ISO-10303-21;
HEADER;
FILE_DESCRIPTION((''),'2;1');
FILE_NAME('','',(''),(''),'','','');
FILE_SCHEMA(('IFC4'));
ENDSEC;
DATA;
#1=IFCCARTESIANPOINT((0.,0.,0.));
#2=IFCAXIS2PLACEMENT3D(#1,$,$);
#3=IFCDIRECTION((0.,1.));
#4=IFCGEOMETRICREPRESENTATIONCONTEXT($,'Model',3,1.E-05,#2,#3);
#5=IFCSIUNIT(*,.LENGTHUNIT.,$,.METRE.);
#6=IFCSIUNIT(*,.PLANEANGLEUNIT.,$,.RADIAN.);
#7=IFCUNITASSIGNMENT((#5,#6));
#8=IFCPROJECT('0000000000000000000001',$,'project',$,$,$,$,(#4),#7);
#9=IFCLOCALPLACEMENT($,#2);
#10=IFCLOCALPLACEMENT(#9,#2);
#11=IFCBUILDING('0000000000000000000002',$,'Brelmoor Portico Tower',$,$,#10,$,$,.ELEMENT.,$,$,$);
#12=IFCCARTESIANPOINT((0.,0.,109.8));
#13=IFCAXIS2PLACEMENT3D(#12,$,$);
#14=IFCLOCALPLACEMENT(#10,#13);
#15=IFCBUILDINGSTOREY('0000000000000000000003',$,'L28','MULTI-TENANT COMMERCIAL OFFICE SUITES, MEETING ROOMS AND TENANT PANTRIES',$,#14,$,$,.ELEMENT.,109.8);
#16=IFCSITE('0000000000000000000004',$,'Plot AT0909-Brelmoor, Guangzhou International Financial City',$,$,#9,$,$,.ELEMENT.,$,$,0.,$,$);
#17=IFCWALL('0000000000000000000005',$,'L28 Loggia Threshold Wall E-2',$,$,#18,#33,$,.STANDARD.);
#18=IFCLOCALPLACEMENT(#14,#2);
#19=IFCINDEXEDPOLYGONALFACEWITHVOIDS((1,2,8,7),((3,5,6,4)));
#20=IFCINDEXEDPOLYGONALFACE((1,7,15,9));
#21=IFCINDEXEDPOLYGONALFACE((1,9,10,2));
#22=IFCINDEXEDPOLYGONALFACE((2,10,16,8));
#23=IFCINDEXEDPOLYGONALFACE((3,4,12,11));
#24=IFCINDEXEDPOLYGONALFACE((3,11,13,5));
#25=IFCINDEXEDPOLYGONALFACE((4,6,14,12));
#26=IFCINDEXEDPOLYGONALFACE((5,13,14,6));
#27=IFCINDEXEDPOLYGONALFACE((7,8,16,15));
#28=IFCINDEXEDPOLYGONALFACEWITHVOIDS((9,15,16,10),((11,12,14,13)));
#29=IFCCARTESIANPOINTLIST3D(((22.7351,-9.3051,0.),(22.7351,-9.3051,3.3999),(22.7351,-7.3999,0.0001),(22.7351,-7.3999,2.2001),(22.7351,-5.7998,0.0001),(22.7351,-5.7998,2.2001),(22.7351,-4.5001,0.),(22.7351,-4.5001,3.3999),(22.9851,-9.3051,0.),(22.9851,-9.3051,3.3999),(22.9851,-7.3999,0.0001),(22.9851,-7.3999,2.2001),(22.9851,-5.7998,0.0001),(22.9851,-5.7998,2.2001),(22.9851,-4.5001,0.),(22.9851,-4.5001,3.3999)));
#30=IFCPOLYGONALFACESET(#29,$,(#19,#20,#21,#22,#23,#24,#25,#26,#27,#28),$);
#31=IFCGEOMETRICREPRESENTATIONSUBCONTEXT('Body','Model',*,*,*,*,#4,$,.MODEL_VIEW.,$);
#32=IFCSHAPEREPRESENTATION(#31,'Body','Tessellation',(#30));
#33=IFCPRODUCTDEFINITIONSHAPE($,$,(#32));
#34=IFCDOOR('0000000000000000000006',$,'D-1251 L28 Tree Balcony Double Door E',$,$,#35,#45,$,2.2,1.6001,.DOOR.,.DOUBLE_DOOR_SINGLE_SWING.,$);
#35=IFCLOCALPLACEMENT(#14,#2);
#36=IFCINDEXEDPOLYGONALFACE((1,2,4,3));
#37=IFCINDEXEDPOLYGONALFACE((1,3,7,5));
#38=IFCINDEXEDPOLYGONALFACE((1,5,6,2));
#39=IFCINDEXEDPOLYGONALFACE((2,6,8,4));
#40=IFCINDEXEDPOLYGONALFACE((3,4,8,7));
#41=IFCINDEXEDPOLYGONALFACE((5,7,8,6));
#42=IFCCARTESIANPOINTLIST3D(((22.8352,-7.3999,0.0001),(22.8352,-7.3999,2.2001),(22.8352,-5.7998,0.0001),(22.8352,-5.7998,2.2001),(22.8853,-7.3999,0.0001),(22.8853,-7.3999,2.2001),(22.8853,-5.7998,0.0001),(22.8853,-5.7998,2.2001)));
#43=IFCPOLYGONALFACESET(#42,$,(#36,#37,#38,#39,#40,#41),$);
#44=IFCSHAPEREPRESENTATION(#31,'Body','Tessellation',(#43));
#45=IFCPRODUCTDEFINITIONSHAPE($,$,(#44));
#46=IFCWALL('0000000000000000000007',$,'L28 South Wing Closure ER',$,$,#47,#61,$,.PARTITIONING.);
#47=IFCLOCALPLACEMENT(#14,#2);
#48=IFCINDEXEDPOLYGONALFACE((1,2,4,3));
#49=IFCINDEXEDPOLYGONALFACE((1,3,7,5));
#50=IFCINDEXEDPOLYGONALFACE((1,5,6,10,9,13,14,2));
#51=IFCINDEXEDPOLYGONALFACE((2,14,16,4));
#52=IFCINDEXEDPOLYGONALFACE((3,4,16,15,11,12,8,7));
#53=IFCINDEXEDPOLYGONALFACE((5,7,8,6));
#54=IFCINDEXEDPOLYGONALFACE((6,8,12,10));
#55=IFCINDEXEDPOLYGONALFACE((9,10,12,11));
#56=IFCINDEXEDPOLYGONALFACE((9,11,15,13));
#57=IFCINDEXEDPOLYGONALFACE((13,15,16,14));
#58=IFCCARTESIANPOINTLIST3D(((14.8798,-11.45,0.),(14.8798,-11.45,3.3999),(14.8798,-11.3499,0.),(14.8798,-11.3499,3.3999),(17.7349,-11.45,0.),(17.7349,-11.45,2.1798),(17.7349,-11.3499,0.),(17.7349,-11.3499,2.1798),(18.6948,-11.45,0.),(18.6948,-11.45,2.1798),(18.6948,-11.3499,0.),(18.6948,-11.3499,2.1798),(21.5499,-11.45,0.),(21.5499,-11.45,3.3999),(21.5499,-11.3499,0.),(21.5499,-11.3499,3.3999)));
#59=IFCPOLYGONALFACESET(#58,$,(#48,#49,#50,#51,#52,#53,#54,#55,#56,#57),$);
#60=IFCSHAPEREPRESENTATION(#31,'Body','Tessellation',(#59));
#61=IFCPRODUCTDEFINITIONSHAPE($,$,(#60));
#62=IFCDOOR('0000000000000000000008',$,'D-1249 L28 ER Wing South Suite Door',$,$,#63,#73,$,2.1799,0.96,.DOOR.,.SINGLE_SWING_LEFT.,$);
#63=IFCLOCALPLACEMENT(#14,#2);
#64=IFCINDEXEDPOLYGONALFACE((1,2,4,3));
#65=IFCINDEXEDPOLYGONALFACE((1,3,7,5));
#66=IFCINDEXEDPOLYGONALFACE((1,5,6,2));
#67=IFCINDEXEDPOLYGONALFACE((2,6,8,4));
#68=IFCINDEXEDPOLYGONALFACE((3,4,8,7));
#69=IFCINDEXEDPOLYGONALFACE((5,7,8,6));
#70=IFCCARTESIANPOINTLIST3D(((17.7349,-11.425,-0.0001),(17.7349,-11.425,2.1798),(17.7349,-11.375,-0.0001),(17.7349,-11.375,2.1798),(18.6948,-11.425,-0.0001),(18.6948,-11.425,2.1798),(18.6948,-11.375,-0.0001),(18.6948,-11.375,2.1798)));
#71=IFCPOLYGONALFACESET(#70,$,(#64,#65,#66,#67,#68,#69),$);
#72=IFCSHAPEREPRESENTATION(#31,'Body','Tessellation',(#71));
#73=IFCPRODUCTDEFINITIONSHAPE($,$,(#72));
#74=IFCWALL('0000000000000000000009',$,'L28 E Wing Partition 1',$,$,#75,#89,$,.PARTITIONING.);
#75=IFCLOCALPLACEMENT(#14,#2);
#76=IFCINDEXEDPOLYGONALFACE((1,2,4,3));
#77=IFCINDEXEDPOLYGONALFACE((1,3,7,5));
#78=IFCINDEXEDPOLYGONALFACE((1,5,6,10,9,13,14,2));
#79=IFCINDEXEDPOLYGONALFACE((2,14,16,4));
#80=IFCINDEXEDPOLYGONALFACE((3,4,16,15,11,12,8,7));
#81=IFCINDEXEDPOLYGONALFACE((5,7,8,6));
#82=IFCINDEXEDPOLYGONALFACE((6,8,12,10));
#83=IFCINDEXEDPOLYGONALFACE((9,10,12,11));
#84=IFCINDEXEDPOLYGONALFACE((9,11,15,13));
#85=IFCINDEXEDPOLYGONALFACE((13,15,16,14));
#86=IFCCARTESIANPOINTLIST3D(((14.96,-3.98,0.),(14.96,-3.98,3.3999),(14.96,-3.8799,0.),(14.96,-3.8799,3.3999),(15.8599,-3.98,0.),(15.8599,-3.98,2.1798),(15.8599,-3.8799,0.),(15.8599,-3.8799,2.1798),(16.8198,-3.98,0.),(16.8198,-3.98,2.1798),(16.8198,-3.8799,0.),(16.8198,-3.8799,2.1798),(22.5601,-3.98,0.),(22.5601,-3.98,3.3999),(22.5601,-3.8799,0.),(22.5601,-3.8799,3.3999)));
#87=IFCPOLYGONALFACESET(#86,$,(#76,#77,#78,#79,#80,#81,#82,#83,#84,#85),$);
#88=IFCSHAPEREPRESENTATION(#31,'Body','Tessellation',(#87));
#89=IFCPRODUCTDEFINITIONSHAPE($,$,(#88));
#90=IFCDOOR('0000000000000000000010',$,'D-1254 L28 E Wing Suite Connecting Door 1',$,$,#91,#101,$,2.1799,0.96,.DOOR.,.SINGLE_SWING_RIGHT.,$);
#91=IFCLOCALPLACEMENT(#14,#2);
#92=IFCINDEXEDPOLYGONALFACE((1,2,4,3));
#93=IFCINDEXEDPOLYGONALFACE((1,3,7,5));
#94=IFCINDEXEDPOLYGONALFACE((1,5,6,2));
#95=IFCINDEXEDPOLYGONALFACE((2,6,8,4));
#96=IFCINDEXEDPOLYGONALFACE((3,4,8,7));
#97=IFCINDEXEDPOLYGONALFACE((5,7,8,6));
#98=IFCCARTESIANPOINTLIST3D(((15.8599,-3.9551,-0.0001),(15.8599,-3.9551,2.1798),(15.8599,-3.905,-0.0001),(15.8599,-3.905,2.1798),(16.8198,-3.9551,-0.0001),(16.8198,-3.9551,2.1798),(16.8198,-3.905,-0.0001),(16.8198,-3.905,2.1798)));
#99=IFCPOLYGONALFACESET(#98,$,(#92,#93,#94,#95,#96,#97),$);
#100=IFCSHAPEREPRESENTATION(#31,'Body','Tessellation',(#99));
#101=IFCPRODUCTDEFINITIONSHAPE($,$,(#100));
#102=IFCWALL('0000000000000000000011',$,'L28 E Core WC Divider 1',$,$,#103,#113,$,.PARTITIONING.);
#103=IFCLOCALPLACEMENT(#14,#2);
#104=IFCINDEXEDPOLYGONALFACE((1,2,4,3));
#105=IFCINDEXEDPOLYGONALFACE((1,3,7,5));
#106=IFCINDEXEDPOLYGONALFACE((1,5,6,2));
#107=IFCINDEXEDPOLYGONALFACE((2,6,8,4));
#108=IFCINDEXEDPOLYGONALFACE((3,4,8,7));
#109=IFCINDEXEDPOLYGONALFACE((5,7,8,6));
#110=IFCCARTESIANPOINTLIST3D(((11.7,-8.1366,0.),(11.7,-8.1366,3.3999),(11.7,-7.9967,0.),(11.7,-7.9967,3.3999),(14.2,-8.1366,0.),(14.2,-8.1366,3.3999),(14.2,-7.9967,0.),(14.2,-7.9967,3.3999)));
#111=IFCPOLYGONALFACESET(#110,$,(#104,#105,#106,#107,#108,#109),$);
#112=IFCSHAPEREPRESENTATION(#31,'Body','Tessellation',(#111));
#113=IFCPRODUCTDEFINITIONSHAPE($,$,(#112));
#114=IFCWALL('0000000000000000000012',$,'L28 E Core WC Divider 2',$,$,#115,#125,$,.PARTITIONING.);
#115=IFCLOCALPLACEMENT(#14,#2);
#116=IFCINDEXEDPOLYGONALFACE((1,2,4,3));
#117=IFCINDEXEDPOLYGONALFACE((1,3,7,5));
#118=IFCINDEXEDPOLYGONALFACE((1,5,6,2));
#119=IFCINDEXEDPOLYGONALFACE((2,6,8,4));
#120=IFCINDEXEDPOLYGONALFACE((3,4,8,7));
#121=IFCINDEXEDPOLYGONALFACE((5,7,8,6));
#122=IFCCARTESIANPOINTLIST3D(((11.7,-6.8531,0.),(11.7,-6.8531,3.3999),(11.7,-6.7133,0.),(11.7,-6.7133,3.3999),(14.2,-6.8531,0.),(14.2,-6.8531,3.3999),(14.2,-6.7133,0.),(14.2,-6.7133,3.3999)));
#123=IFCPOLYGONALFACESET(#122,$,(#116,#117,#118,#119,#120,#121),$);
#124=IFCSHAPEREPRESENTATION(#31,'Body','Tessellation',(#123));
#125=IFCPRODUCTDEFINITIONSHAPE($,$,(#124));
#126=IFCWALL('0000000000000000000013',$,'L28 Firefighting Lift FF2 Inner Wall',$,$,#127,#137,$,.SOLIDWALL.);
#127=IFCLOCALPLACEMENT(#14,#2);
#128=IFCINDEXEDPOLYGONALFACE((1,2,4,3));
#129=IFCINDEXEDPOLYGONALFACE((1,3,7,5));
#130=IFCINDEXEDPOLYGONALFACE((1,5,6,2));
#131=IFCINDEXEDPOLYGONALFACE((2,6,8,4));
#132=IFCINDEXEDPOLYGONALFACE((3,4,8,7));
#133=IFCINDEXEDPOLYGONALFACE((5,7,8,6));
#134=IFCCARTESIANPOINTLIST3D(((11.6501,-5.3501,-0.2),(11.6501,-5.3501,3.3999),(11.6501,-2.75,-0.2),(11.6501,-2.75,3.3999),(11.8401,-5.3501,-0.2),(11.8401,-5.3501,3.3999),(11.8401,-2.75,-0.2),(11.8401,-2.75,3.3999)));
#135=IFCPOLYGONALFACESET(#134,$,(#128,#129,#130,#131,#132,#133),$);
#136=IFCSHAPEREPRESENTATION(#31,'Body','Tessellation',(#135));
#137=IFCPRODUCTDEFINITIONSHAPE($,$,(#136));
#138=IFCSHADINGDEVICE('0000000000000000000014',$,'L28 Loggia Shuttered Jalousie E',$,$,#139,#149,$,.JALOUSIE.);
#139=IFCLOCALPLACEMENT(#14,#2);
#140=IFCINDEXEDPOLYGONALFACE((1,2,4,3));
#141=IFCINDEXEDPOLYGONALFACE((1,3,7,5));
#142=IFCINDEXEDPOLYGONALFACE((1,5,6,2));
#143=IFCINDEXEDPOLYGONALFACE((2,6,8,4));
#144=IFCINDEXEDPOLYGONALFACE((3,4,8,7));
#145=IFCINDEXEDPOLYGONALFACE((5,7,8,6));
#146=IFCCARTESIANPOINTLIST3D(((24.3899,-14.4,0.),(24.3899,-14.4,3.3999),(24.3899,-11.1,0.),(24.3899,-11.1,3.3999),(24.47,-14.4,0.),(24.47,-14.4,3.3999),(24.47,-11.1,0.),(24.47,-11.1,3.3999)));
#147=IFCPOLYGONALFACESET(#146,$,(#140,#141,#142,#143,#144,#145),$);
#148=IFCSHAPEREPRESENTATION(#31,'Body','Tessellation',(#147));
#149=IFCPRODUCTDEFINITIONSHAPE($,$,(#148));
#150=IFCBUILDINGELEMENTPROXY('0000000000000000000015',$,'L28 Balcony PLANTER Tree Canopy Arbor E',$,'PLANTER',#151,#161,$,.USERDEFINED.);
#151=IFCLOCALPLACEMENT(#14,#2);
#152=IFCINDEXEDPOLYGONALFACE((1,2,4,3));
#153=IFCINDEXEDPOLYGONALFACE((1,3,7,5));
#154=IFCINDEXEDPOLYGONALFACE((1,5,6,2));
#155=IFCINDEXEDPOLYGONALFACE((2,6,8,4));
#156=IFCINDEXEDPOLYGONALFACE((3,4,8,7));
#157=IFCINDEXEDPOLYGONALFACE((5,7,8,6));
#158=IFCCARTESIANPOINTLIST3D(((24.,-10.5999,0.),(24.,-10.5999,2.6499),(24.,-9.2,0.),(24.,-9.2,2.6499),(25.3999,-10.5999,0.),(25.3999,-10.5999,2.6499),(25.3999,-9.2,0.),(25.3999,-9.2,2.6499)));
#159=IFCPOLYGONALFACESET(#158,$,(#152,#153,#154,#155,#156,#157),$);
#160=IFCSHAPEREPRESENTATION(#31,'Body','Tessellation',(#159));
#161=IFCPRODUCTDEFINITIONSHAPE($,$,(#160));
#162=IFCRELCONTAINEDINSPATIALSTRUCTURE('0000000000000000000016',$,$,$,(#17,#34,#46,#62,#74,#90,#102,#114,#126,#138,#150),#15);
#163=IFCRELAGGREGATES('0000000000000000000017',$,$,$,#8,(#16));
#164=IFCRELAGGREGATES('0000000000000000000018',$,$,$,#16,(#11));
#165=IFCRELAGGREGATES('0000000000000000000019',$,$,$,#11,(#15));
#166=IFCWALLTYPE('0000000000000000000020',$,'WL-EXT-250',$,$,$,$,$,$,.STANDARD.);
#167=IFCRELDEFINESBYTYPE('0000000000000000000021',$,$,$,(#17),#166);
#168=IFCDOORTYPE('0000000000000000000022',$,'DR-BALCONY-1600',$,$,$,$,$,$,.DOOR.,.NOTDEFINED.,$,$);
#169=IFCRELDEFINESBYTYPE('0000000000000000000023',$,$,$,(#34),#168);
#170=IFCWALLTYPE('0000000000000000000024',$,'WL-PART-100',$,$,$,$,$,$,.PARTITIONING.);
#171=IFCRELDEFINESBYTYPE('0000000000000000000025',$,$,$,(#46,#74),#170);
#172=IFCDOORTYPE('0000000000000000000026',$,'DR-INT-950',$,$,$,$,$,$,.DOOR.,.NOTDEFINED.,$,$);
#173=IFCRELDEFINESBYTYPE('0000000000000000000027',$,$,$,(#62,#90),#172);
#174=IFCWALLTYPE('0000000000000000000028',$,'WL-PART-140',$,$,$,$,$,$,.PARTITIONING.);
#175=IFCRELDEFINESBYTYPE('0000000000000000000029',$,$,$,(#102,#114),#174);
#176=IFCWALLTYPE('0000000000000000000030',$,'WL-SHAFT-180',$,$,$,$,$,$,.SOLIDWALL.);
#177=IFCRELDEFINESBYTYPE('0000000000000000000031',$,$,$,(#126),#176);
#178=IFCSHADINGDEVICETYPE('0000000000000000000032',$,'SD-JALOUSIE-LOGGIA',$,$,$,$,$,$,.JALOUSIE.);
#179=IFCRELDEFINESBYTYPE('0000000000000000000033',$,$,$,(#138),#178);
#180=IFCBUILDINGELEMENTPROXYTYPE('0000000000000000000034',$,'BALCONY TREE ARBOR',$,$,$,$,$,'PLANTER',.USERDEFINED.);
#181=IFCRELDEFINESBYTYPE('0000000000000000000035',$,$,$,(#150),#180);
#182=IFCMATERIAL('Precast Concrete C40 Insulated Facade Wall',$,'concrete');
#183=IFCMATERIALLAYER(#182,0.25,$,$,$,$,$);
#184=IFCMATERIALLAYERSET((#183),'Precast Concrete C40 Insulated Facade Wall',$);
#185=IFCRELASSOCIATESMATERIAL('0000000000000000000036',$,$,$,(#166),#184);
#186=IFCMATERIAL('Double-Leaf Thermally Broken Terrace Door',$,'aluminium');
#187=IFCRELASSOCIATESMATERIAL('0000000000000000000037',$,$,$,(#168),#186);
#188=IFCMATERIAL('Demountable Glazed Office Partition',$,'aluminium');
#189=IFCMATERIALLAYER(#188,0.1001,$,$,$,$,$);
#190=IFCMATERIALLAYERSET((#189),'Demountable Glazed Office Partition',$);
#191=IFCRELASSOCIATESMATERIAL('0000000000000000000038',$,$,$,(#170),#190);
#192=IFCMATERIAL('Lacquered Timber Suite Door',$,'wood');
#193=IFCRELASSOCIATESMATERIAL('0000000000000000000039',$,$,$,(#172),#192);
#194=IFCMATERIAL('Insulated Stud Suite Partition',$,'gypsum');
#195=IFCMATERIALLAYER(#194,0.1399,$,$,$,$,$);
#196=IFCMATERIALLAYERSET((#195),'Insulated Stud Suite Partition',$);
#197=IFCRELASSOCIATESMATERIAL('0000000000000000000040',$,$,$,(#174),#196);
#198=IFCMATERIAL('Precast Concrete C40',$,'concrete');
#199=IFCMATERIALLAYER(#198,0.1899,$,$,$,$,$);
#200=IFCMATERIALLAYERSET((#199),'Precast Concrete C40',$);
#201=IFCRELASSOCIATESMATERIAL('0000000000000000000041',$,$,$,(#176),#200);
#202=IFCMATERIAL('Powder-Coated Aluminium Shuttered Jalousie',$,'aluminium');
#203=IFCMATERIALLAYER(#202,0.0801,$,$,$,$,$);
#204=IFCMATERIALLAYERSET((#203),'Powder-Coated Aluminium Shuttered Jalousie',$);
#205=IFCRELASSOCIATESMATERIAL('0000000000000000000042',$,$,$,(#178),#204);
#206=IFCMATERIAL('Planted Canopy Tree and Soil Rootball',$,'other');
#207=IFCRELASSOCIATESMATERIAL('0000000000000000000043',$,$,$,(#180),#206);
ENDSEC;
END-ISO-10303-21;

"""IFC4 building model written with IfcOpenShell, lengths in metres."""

from ifc_helpers import new_model, si_unit, direction, frame, frame_2d, origin, origin_2d, place, context, subcontext, project, spatial, rectangle, extrude, material, layer, layer_set, type_object, element, fill, save


model = new_model("IFC4")

# Units and contexts
model_context = context("Model", 3, precision=1e-05, world=origin(), true_north=direction((0.0, 1.0)))
body_context = subcontext(model_context, "Body", "Model", "MODEL_VIEW")
ifc_project = project(units=[si_unit("LENGTHUNIT", "METRE"), si_unit("PLANEANGLEUNIT", "RADIAN")], contexts=[model_context])

# Site, building, storey
site_placement = place(None, origin())
site = spatial("IfcSite", under=ifc_project, at=site_placement, Name="Plot AT0909-Brelmoor, Guangzhou International Financial City", CompositionType="ELEMENT", RefElevation=0.0)
building_placement = place(site_placement, origin())
building = spatial("IfcBuilding", under=site, at=building_placement, Name="Brelmoor Portico Tower", CompositionType="ELEMENT")
storey_placement = place(building_placement, frame((0.0, 0.0, 109.8)))
storey = spatial("IfcBuildingStorey", under=building, at=storey_placement, Name="L28", Description="MULTI-TENANT COMMERCIAL OFFICE SUITES, MEETING ROOMS AND TENANT PANTRIES", CompositionType="ELEMENT", Elevation=109.8)

# Shared definitions
ifc_material_1 = material(Name="Precast Concrete C40 Insulated Facade Wall", Category="concrete")
ifc_layer_1 = layer(ifc_material_1, 0.25)
ifc_layer_set_1 = layer_set([ifc_layer_1], Name="Precast Concrete C40 Insulated Facade Wall")
wall_type_1 = type_object("IfcWallType", Name="WL-EXT-250", PredefinedType="STANDARD", material=ifc_layer_set_1)

# Walls, openings, doors
wall_1_placement = place(storey_placement, frame((22.8601, -9.3049, 0.0), z_axis=(0.0, 0.0, 1.0), x_axis=(0.0, 1.0, 0.0)))
wall_1 = element("IfcWall", 1, at=wall_1_placement, inside=storey, type_object=wall_type_1, Name="L28 Loggia Threshold Wall E-2", PredefinedType="STANDARD", context=body_context, shape_type="SweptSolid", body=[
    extrude(rectangle(XDim=4.8049, YDim=0.25, at=frame_2d((2.4023, 0.0))), origin(), (0.0, 0.0, 1.0), 3.3999),
])
opening_1_placement = place(wall_1_placement, frame((1.905, 0.0, 0.0)))
opening_1 = element("IfcOpeningElement", 2, at=opening_1_placement, cuts=wall_1, PredefinedType="OPENING", context=body_context, shape_type="SweptSolid", body=[
    extrude(rectangle(XDim=1.6001, YDim=2.2, at=frame_2d((0.8, 1.1001))), frame((0.0, 0.135, 0.0), z_axis=(0.0, -1.0, 0.0), x_axis=(1.0, 0.0, 0.0)), (0.0, 0.0, 1.0), 0.27),
])
ifc_material_2 = material(Name="Double-Leaf Thermally Broken Terrace Door", Category="aluminium")
door_type_1 = type_object("IfcDoorType", Name="DR-BALCONY-1600", OperationType="NOTDEFINED", PredefinedType="DOOR", material=ifc_material_2)
door_1_placement = place(opening_1_placement, origin())
door_1 = element("IfcDoor", 3, at=door_1_placement, inside=storey, type_object=door_type_1, Name="D-1251 L28 Tree Balcony Double Door E", OperationType="DOUBLE_DOOR_SINGLE_SWING", OverallHeight=2.2, OverallWidth=1.6001, PredefinedType="DOOR", context=body_context, shape_type="SweptSolid", body=[
    extrude(rectangle(XDim=1.6001, YDim=2.2, at=frame_2d((0.8, 1.1001))), frame((0.0, 0.0249, 0.0), z_axis=(0.0, -1.0, 0.0), x_axis=(1.0, 0.0, 0.0)), (0.0, 0.0, 1.0), 0.05),
])
fill(opening_1, door_1)
ifc_material_3 = material(Name="Demountable Glazed Office Partition", Category="aluminium")
ifc_layer_2 = layer(ifc_material_3, 0.1001)
ifc_layer_set_2 = layer_set([ifc_layer_2], Name="Demountable Glazed Office Partition")
wall_type_2 = type_object("IfcWallType", Name="WL-PART-100", PredefinedType="PARTITIONING", material=ifc_layer_set_2)
wall_2_placement = place(storey_placement, frame((14.8799, -11.3999, 0.0), z_axis=(0.0, 0.0, 1.0), x_axis=(1.0, 0.0, 0.0)))
wall_2 = element("IfcWall", 4, at=wall_2_placement, inside=storey, type_object=wall_type_2, Name="L28 South Wing Closure ER", PredefinedType="PARTITIONING", context=body_context, shape_type="SweptSolid", body=[
    extrude(rectangle(XDim=6.6702, YDim=0.1001, at=frame_2d((3.335, 0.0))), origin(), (0.0, 0.0, 1.0), 3.3999),
])
opening_2_placement = place(wall_2_placement, frame((2.855, 0.0, 0.0)))
opening_2 = element("IfcOpeningElement", 5, at=opening_2_placement, cuts=wall_2, PredefinedType="OPENING", context=body_context, shape_type="SweptSolid", body=[
    extrude(rectangle(XDim=0.96, YDim=2.1799, at=frame_2d((0.48, 1.0898))), frame((0.0, 0.0601, 0.0), z_axis=(0.0, -1.0, 0.0), x_axis=(1.0, 0.0, 0.0)), (0.0, 0.0, 1.0), 0.1201),
])
ifc_material_4 = material(Name="Lacquered Timber Suite Door", Category="wood")
door_type_2 = type_object("IfcDoorType", Name="DR-INT-950", OperationType="NOTDEFINED", PredefinedType="DOOR", material=ifc_material_4)
door_2_placement = place(opening_2_placement, origin())
door_2 = element("IfcDoor", 6, at=door_2_placement, inside=storey, type_object=door_type_2, Name="D-1249 L28 ER Wing South Suite Door", OperationType="SINGLE_SWING_LEFT", OverallHeight=2.1799, OverallWidth=0.96, PredefinedType="DOOR", context=body_context, shape_type="SweptSolid", body=[
    extrude(rectangle(XDim=0.96, YDim=2.1799, at=frame_2d((0.48, 1.0898))), frame((0.0, 0.0249, 0.0), z_axis=(0.0, -1.0, 0.0), x_axis=(1.0, 0.0, 0.0)), (0.0, 0.0, 1.0), 0.05),
])
fill(opening_2, door_2)
wall_3_placement = place(storey_placement, frame((14.96, -3.9299, 0.0), z_axis=(0.0, 0.0, 1.0), x_axis=(1.0, 0.0, 0.0)))
wall_3 = element("IfcWall", 7, at=wall_3_placement, inside=storey, type_object=wall_type_2, Name="L28 E Wing Partition 1", PredefinedType="PARTITIONING", context=body_context, shape_type="SweptSolid", body=[
    extrude(rectangle(XDim=7.6001, YDim=0.1001, at=frame_2d((3.8, 0.0))), origin(), (0.0, 0.0, 1.0), 3.3999),
])
opening_3_placement = place(wall_3_placement, frame((0.8999, 0.0, 0.0)))
opening_3 = element("IfcOpeningElement", 8, at=opening_3_placement, cuts=wall_3, PredefinedType="OPENING", context=body_context, shape_type="SweptSolid", body=[
    extrude(rectangle(XDim=0.96, YDim=2.1799, at=frame_2d((0.48, 1.0898))), frame((0.0, 0.0601, 0.0), z_axis=(0.0, -1.0, 0.0), x_axis=(1.0, 0.0, 0.0)), (0.0, 0.0, 1.0), 0.1201),
])
door_3_placement = place(opening_3_placement, origin())
door_3 = element("IfcDoor", 9, at=door_3_placement, inside=storey, type_object=door_type_2, Name="D-1254 L28 E Wing Suite Connecting Door 1", OperationType="SINGLE_SWING_RIGHT", OverallHeight=2.1799, OverallWidth=0.96, PredefinedType="DOOR", context=body_context, shape_type="SweptSolid", body=[
    extrude(rectangle(XDim=0.96, YDim=2.1799, at=frame_2d((0.48, 1.0898))), frame((0.0, 0.0249, 0.0), z_axis=(0.0, -1.0, 0.0), x_axis=(1.0, 0.0, 0.0)), (0.0, 0.0, 1.0), 0.05),
])
fill(opening_3, door_3)

# Walls
ifc_material_5 = material(Name="Insulated Stud Suite Partition", Category="gypsum")
ifc_layer_3 = layer(ifc_material_5, 0.1399)
ifc_layer_set_3 = layer_set([ifc_layer_3], Name="Insulated Stud Suite Partition")
wall_type_3 = type_object("IfcWallType", Name="WL-PART-140", PredefinedType="PARTITIONING", material=ifc_layer_set_3)
for number, where, z_axis, x_axis, name in (
    (10, (11.7, -8.0667, 0.0), (0.0, 0.0, 1.0), (1.0, 0.0, 0.0), "L28 E Core WC Divider 1"),
    (11, (11.7, -6.7832, 0.0), (0.0, 0.0, 1.0), (1.0, 0.0, 0.0), "L28 E Core WC Divider 2"),
):
    element("IfcWall", number, at=place(storey_placement, frame(where, z_axis=z_axis, x_axis=x_axis)), inside=storey, type_object=wall_type_3, Name=name, PredefinedType="PARTITIONING", context=body_context, shape_type="SweptSolid", body=[
        extrude(rectangle(XDim=2.5, YDim=0.1399, at=frame_2d((1.25, 0.0))), origin(), (0.0, 0.0, 1.0), 3.3999),
    ])
ifc_material_6 = material(Name="Precast Concrete C40", Category="concrete")
ifc_layer_4 = layer(ifc_material_6, 0.1899)
ifc_layer_set_4 = layer_set([ifc_layer_4], Name="Precast Concrete C40")
wall_type_4 = type_object("IfcWallType", Name="WL-SHAFT-180", PredefinedType="SOLIDWALL", material=ifc_layer_set_4)
wall_4_placement = place(storey_placement, frame((11.7451, -5.3501, -0.2), z_axis=(0.0, 0.0, 1.0), x_axis=(0.0, 1.0, 0.0)))
element("IfcWall", 12, at=wall_4_placement, inside=storey, type_object=wall_type_4, Name="L28 Firefighting Lift FF2 Inner Wall", PredefinedType="SOLIDWALL", context=body_context, shape_type="SweptSolid", body=[
    extrude(rectangle(XDim=2.6001, YDim=0.1899, at=frame_2d((1.3, 0.0))), origin(), (0.0, 0.0, 1.0), 3.5999),
])

# Shading device
ifc_material_7 = material(Name="Powder-Coated Aluminium Shuttered Jalousie", Category="aluminium")
ifc_layer_5 = layer(ifc_material_7, 0.0801)
ifc_layer_set_5 = layer_set([ifc_layer_5], Name="Powder-Coated Aluminium Shuttered Jalousie")
shading_device_type = type_object("IfcShadingDeviceType", Name="SD-JALOUSIE-LOGGIA", PredefinedType="JALOUSIE", material=ifc_layer_set_5)
shading_device_placement = place(storey_placement, frame((24.4299, -12.75, 0.0), z_axis=(0.0, 0.0, 1.0), x_axis=(0.0, 1.0, 0.0)))
element("IfcShadingDevice", 13, at=shading_device_placement, inside=storey, type_object=shading_device_type, Name="L28 Loggia Shuttered Jalousie E", PredefinedType="JALOUSIE", context=body_context, shape_type="SweptSolid", body=[
    extrude(rectangle(XDim=3.3, YDim=0.0801, at=origin_2d()), origin(), (0.0, 0.0, 1.0), 3.3999),
])

# Building element proxy
ifc_material_8 = material(Name="Planted Canopy Tree and Soil Rootball", Category="other")
building_element_proxy_type_1 = type_object("IfcBuildingElementProxyType", Name="BALCONY TREE ARBOR", ElementType="PLANTER", PredefinedType="USERDEFINED", material=ifc_material_8)
proxy_1_placement = place(storey_placement, frame((24.7, -9.8999, 0.0), z_axis=(0.0, 0.0, 1.0), x_axis=(1.0, 0.0, 0.0)))
element("IfcBuildingElementProxy", 14, at=proxy_1_placement, inside=storey, type_object=building_element_proxy_type_1, Name="L28 Balcony PLANTER Tree Canopy Arbor E", ObjectType="PLANTER", PredefinedType="USERDEFINED", context=body_context, shape_type="SweptSolid", body=[
    extrude(rectangle(XDim=1.3999, YDim=1.3999, at=origin_2d()), origin(), (0.0, 0.0, 1.0), 2.6499),
])

save(model, "model.ifc")
